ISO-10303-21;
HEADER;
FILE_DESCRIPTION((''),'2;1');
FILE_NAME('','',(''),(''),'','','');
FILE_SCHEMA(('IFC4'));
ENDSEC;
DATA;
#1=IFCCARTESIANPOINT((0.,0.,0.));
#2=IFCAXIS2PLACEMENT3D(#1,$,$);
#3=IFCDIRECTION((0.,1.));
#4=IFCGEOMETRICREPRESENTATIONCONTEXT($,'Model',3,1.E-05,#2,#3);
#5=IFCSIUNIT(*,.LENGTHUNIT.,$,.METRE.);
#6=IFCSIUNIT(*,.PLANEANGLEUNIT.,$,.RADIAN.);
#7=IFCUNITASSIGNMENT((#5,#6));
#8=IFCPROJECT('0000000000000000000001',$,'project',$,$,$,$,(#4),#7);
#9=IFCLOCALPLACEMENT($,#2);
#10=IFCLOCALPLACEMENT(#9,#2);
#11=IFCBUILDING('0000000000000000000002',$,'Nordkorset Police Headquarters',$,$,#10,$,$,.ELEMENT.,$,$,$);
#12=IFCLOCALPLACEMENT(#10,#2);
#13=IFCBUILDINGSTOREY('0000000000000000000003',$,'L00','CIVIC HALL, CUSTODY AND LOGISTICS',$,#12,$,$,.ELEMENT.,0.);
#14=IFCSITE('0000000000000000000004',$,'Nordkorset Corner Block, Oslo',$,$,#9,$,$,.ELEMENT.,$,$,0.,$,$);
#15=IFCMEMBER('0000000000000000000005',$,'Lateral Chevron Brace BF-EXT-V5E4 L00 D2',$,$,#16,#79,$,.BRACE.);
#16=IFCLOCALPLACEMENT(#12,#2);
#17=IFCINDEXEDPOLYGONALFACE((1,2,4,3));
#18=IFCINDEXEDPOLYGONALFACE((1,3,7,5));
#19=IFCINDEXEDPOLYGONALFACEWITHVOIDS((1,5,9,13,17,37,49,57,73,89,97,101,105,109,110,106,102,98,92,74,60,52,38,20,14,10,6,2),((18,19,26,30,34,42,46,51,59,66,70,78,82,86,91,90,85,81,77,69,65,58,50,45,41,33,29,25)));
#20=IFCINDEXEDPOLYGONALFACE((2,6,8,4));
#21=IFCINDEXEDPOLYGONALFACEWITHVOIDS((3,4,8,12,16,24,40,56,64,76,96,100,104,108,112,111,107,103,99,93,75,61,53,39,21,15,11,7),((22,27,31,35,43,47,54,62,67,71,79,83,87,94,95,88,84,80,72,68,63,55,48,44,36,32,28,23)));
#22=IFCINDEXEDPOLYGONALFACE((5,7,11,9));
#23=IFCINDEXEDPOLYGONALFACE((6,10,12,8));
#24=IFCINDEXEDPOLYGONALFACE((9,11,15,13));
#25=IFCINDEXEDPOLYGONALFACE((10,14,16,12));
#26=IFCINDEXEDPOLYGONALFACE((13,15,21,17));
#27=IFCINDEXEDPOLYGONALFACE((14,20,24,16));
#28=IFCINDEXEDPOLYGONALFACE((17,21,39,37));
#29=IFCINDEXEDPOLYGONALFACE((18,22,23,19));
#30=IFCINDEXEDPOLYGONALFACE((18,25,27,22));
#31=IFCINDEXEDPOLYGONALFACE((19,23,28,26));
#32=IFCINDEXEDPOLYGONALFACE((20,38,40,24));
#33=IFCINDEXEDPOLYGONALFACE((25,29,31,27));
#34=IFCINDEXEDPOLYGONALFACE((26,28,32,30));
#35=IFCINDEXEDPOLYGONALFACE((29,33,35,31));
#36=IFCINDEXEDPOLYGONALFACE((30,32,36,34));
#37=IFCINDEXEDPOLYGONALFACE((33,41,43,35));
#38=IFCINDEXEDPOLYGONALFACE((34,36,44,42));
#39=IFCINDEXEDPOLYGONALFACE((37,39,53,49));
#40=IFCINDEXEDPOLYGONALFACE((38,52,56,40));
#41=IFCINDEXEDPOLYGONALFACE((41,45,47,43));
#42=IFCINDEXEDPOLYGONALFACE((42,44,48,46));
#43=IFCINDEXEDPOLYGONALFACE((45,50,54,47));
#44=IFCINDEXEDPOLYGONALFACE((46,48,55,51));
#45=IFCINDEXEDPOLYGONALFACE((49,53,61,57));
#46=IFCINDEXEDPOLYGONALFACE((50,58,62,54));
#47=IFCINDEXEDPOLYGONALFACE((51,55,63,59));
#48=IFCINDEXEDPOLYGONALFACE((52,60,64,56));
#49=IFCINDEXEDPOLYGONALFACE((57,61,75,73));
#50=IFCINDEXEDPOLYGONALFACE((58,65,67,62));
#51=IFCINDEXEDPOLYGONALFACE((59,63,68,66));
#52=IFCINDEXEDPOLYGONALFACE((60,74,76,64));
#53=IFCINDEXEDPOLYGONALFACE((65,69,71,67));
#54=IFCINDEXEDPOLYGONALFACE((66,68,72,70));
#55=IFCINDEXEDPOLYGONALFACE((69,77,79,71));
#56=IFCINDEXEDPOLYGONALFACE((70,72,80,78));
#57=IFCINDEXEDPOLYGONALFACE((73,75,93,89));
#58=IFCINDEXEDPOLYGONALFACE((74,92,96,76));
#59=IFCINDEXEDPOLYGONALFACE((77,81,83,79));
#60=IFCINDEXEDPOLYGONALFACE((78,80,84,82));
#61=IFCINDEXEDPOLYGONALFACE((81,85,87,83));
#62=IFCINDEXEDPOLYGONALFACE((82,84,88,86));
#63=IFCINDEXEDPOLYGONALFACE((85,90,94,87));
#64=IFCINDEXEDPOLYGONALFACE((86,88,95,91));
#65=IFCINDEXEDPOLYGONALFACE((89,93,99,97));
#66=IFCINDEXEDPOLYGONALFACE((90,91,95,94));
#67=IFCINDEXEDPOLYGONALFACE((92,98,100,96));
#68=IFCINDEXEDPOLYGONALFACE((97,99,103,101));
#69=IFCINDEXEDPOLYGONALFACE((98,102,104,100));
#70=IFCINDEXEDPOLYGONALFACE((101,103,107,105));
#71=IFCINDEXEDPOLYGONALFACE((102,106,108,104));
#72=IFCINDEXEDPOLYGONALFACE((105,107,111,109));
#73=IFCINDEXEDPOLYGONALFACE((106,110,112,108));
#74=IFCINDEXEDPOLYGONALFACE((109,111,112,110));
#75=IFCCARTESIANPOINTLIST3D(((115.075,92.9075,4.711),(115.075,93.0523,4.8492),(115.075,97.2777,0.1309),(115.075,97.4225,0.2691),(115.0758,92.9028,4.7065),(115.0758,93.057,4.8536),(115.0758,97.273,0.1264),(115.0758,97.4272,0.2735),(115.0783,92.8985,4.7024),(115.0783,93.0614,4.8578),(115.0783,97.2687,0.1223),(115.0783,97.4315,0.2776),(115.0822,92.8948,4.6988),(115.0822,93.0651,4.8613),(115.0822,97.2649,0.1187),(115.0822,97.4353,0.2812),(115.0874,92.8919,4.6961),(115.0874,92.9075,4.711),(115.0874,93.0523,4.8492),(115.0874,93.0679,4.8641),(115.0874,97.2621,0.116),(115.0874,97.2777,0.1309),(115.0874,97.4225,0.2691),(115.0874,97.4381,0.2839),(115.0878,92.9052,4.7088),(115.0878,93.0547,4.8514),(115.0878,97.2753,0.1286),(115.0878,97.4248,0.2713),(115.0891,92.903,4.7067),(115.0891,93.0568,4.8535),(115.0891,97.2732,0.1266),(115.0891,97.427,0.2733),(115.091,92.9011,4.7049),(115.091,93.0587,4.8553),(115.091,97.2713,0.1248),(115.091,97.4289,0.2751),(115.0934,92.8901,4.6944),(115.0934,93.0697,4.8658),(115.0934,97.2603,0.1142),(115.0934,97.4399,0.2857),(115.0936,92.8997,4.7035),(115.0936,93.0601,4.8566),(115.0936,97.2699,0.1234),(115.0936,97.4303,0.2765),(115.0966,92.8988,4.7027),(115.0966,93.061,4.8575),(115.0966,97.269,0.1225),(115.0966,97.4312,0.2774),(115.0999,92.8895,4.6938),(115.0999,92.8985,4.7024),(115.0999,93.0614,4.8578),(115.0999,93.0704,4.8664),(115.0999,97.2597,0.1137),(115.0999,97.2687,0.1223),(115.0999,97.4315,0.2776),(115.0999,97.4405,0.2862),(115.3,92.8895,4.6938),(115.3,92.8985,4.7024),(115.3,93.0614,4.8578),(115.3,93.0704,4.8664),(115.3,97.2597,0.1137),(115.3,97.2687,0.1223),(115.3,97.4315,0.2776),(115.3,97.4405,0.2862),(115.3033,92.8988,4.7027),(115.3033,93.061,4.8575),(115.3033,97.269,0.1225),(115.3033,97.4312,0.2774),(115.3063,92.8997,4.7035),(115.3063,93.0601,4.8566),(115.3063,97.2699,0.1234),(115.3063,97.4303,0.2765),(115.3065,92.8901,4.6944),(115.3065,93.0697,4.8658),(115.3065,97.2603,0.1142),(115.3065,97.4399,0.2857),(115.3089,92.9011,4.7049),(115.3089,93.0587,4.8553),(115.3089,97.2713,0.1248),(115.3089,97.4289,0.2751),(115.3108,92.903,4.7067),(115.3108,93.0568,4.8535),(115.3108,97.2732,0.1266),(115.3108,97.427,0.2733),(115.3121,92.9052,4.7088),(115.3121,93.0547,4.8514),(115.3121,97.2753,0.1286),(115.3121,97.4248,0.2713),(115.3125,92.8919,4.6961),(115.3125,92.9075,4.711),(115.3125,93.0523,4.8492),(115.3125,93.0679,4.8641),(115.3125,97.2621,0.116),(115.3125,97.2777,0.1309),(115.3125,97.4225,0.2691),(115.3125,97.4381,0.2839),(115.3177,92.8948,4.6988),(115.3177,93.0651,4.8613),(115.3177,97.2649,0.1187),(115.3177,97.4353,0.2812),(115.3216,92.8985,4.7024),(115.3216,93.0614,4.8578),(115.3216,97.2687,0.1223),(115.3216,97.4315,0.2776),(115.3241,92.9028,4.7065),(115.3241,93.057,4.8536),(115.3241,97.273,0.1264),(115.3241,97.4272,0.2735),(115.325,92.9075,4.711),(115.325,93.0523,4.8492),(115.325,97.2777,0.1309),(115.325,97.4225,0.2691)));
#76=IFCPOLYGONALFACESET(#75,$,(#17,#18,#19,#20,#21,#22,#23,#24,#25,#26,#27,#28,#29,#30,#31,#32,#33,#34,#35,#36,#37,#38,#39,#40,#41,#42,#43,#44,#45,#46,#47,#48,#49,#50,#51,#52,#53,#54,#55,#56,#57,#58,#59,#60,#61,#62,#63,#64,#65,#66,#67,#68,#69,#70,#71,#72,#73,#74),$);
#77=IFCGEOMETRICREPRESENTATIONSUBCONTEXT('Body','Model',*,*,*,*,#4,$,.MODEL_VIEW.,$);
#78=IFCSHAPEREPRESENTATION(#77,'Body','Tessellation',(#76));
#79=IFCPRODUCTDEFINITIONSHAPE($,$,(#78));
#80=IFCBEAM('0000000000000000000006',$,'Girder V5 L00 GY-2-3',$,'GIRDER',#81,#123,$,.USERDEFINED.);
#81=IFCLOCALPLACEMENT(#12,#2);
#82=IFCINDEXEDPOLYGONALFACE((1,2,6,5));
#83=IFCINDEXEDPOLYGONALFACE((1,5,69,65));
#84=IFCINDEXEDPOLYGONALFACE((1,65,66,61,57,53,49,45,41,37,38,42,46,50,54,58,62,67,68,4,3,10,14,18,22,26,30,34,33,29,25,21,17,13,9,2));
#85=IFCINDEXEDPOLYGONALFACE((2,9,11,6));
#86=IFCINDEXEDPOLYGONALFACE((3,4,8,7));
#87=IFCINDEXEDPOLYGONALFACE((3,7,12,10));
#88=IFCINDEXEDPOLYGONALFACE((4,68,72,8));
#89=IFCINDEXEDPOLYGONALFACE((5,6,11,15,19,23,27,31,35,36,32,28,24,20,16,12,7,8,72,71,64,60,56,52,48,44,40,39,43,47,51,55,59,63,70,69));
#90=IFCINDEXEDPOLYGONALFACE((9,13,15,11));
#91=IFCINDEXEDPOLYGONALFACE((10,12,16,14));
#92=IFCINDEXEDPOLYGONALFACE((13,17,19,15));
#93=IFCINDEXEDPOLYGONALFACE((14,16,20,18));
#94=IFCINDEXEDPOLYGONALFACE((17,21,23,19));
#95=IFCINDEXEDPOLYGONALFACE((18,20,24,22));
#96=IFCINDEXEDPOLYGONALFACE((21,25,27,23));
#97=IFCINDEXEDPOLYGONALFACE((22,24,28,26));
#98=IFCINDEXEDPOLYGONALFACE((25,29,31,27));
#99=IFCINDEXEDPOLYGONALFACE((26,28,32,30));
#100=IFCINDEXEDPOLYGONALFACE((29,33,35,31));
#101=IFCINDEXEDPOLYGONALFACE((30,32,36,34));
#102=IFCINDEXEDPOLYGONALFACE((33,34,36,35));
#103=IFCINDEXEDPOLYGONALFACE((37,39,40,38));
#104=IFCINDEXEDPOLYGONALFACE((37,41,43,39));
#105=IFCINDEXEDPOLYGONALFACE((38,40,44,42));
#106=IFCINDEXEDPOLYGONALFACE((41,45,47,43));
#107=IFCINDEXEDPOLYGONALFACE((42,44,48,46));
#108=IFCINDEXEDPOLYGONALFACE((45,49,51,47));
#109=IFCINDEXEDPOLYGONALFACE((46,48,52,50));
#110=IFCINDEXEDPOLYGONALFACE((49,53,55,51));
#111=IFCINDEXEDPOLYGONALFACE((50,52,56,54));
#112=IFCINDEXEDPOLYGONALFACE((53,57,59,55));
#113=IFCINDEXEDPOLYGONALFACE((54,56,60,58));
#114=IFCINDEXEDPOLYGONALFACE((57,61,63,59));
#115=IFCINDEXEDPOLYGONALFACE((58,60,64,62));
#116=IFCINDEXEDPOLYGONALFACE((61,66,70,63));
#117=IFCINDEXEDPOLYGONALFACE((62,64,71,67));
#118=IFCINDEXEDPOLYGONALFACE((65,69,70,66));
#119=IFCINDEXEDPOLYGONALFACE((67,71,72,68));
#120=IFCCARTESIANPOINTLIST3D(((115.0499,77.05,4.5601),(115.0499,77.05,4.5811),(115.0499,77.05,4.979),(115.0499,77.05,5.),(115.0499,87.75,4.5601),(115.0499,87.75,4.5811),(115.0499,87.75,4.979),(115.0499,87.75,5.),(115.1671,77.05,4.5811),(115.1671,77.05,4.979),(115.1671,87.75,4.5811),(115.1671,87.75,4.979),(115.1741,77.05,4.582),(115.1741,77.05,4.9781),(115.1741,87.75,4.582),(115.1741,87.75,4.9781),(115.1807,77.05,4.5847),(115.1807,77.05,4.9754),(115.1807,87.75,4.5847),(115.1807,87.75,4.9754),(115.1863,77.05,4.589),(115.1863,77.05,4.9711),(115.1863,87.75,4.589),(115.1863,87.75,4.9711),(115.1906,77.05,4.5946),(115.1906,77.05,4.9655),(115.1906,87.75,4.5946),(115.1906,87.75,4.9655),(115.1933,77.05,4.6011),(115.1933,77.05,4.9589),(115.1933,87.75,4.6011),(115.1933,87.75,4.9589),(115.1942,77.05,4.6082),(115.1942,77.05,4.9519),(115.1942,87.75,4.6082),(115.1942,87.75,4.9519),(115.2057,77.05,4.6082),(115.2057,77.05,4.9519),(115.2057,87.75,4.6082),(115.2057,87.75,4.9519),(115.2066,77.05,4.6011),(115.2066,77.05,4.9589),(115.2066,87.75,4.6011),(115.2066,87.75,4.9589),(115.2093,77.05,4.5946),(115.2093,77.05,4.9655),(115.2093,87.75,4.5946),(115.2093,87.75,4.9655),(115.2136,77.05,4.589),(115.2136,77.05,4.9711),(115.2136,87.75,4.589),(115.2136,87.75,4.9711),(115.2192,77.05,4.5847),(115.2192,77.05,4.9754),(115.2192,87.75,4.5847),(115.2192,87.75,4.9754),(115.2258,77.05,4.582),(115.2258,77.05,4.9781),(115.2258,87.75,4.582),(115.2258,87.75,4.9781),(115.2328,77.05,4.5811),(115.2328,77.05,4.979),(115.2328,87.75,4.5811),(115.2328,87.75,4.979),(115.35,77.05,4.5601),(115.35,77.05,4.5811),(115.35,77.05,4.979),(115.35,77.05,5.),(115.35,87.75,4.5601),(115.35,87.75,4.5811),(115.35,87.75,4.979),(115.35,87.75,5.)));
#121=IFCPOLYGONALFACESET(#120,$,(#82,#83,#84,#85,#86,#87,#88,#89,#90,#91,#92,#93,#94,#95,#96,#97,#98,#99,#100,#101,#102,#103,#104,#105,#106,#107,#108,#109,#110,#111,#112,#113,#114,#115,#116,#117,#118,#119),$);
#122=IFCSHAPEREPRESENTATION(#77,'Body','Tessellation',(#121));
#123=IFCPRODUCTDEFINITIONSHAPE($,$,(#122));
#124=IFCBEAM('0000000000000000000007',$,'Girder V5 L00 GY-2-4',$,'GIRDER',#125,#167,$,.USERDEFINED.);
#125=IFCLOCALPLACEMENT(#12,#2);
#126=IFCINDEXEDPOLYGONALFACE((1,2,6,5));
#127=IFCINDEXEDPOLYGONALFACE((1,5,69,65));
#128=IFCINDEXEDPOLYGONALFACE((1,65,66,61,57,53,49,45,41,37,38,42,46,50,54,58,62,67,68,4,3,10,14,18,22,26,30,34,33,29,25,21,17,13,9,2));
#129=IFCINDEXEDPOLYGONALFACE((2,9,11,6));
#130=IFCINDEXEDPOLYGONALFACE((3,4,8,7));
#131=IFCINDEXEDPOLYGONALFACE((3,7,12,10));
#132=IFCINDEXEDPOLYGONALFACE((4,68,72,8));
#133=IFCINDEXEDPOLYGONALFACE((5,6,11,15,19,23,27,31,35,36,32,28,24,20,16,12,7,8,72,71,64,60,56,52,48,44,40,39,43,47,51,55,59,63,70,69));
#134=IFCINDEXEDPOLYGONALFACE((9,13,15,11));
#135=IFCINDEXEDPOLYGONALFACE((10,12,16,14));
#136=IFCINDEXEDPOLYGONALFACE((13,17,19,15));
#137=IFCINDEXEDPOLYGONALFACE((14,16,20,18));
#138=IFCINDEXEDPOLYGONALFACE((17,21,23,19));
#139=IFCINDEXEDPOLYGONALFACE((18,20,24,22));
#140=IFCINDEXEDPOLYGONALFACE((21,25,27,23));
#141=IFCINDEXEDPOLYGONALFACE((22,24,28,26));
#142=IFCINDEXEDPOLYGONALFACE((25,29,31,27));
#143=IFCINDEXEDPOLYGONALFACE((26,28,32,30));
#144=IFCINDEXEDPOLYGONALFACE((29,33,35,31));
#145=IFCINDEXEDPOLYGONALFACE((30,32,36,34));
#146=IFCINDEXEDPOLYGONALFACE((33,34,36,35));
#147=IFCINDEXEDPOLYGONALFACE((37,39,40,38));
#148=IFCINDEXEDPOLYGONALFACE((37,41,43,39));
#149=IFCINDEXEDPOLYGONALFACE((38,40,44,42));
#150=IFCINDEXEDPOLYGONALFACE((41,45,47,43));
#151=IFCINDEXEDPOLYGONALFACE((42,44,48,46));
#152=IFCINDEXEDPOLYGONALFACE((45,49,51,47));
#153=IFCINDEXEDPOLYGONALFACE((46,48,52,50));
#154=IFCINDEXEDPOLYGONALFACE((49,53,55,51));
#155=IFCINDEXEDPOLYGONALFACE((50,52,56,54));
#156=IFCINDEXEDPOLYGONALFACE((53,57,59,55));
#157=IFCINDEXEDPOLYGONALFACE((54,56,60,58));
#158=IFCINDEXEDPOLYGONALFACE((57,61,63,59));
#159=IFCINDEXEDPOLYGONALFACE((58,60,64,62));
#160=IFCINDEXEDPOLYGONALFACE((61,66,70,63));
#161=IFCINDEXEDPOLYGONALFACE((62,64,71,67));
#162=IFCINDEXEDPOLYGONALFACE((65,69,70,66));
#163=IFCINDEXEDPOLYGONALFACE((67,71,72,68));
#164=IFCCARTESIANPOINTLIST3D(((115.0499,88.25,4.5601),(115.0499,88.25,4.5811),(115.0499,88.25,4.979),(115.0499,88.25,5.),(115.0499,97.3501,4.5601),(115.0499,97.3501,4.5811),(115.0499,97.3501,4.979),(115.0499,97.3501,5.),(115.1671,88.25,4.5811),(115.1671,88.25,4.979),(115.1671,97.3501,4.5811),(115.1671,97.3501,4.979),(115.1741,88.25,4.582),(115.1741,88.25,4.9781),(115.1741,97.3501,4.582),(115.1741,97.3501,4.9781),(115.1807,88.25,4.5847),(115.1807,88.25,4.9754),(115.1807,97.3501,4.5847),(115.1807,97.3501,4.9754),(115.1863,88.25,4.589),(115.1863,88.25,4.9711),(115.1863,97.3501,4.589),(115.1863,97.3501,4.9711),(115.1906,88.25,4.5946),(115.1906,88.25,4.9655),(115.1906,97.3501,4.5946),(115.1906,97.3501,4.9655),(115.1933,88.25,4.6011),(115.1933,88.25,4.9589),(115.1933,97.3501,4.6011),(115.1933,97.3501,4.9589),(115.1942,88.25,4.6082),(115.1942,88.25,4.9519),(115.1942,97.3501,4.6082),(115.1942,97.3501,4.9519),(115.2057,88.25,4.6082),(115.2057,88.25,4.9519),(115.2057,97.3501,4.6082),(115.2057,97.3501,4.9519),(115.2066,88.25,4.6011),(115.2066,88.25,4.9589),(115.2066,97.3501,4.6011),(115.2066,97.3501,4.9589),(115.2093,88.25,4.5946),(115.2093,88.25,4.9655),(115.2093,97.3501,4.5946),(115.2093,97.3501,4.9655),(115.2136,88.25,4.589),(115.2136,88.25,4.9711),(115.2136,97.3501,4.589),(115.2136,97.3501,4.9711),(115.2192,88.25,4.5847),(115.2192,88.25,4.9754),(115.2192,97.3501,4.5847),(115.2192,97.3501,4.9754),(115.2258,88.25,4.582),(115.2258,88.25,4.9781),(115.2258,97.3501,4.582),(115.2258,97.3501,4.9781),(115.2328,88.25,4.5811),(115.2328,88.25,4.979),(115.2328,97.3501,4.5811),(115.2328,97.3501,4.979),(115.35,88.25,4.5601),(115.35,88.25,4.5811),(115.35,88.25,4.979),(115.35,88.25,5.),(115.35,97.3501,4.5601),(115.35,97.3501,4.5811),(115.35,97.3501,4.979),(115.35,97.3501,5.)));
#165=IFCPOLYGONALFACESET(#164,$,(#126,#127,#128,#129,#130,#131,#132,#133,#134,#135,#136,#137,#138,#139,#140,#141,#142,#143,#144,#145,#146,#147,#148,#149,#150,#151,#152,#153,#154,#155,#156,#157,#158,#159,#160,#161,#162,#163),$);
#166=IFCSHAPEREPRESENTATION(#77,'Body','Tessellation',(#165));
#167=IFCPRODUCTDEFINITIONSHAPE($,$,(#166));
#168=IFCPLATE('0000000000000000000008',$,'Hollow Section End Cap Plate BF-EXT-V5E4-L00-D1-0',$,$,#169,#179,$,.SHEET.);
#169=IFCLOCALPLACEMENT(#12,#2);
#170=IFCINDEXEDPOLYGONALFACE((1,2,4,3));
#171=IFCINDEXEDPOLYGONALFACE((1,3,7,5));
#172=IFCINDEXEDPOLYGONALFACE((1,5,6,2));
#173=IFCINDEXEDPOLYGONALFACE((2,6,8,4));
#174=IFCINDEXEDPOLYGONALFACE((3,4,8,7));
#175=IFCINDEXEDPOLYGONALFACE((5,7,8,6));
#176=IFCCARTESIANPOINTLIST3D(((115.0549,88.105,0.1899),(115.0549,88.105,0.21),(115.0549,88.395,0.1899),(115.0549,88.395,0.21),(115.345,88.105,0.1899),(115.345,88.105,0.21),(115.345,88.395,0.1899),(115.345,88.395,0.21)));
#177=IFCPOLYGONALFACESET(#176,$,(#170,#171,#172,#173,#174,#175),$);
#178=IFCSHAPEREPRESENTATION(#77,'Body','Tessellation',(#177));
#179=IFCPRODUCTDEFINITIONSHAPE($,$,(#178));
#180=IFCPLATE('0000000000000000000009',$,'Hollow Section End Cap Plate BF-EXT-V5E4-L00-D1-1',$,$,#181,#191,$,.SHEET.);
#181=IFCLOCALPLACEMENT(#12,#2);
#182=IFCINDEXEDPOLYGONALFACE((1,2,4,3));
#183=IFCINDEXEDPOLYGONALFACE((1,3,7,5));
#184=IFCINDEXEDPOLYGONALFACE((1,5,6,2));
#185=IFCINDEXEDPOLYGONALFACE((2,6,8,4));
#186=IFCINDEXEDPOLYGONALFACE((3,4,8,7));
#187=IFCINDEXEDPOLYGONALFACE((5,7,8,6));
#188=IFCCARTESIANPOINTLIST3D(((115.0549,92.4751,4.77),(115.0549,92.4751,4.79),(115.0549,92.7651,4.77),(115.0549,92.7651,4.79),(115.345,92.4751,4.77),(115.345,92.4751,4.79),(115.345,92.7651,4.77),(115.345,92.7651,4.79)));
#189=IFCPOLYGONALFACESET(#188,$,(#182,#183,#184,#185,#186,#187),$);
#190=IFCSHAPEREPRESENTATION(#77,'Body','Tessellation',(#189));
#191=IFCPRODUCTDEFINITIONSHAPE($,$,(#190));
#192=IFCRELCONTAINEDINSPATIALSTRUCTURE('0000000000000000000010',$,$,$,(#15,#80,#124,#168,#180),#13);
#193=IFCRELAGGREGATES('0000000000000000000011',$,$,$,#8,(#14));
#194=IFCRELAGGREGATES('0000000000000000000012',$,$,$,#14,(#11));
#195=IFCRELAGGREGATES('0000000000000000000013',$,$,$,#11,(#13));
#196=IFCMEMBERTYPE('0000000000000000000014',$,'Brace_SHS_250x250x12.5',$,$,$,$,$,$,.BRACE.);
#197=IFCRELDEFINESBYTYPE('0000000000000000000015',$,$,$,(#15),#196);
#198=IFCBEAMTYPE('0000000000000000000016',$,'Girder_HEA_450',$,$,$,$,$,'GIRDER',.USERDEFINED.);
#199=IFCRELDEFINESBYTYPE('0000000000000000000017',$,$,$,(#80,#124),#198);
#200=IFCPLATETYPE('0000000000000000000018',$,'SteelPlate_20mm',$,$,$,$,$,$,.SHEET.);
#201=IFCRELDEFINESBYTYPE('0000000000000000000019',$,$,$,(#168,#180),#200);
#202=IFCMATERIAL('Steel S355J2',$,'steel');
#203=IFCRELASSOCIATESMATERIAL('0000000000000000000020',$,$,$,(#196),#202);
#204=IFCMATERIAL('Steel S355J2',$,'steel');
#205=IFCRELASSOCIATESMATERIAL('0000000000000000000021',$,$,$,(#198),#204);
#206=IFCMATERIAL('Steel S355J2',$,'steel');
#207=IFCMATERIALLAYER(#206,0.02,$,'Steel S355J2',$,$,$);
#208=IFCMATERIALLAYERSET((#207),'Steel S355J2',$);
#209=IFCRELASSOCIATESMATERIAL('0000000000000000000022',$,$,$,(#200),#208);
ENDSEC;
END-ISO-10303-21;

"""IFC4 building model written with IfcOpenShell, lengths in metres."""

from ifc_helpers import new_model, si_unit, direction, frame, origin, origin_2d, place, context, subcontext, project, spatial, rectangle, hollow_rectangle, i_section, extrude, material, layer, layer_set, material_profile, profile_set, type_object, element, save


model = new_model("IFC4")

# Units and contexts
model_context = context("Model", 3, precision=1e-05, world=origin(), true_north=direction((0.0, 1.0)))
body_context = subcontext(model_context, "Body", "Model", "MODEL_VIEW")
ifc_project = project(units=[si_unit("LENGTHUNIT", "METRE"), si_unit("PLANEANGLEUNIT", "RADIAN")], contexts=[model_context])

# Site, building, storey
site_placement = place(None, origin())
site = spatial("IfcSite", under=ifc_project, at=site_placement, Name="Nordkorset Corner Block, Oslo", CompositionType="ELEMENT", RefElevation=0.0)
building_placement = place(site_placement, origin())
building = spatial("IfcBuilding", under=site, at=building_placement, Name="Nordkorset Police Headquarters", CompositionType="ELEMENT")
storey_placement = place(building_placement, origin())
storey = spatial("IfcBuildingStorey", under=building, at=storey_placement, Name="L00", Description="CIVIC HALL, CUSTODY AND LOGISTICS", CompositionType="ELEMENT", Elevation=0.0)

# Member
ifc_material_1 = material(Name="Steel S355J2", Category="steel")
ifc_material_profile_1 = material_profile(ifc_material_1, hollow_rectangle(XDim=0.25, YDim=0.25, WallThickness=0.0125, InnerFilletRadius=0.0125, OuterFilletRadius=0.0249, at=origin_2d()), Name="SHS 250x250x12.5")
ifc_profile_set_1 = profile_set([ifc_material_profile_1], Name="Steel S355J2")
member_type = type_object("IfcMemberType", Name="Brace_SHS_250x250x12.5", PredefinedType="BRACE", material=ifc_profile_set_1)
for number, where, z_axis, x_axis, name in (
    (1, (115.2, 97.3501, 0.2), (0.0, -0.690329, 0.723496), (1.0, 0.0, 0.0), "Lateral Chevron Brace BF-EXT-V5E4 L00 D2"),
):
    element("IfcMember", number, at=place(storey_placement, frame(where, z_axis=z_axis, x_axis=x_axis)), inside=storey, type_object=member_type, Name=name, PredefinedType="BRACE", context=body_context, shape_type="SweptSolid", body=[
        extrude(hollow_rectangle(XDim=0.25, YDim=0.25, WallThickness=0.0125, InnerFilletRadius=0.0125, OuterFilletRadius=0.0249, at=origin_2d()), origin(), (0.0, 0.0, 1.0), 6.3306),
    ])

# Beams
ifc_material_2 = material(Name="Steel S355J2", Category="steel")
ifc_material_profile_2 = material_profile(ifc_material_2, i_section(OverallWidth=0.3, OverallDepth=0.4399, WebThickness=0.0115, FlangeThickness=0.021, FilletRadius=0.0271, at=origin_2d()), Name="HEA 450")
ifc_profile_set_2 = profile_set([ifc_material_profile_2], Name="Steel S355J2")
beam_type = type_object("IfcBeamType", Name="Girder_HEA_450", ElementType="GIRDER", PredefinedType="USERDEFINED", material=ifc_profile_set_2)
beam_1_placement = place(storey_placement, frame((115.2, 77.05, 4.78), z_axis=(0.0, 1.0, 0.0), x_axis=(-1.0, 0.0, 0.0)))
element("IfcBeam", 2, at=beam_1_placement, inside=storey, type_object=beam_type, Name="Girder V5 L00 GY-2-3", ObjectType="GIRDER", PredefinedType="USERDEFINED", context=body_context, shape_type="SweptSolid", body=[
    extrude(i_section(OverallWidth=0.3, OverallDepth=0.4399, WebThickness=0.0115, FlangeThickness=0.021, FilletRadius=0.0271, at=origin_2d()), origin(), (0.0, 0.0, 1.0), 10.7),
])
beam_2_placement = place(storey_placement, frame((115.2, 88.25, 4.78), z_axis=(0.0, 1.0, 0.0), x_axis=(-1.0, 0.0, 0.0)))
element("IfcBeam", 3, at=beam_2_placement, inside=storey, type_object=beam_type, Name="Girder V5 L00 GY-2-4", ObjectType="GIRDER", PredefinedType="USERDEFINED", context=body_context, shape_type="SweptSolid", body=[
    extrude(i_section(OverallWidth=0.3, OverallDepth=0.4399, WebThickness=0.0115, FlangeThickness=0.021, FilletRadius=0.0271, at=origin_2d()), origin(), (0.0, 0.0, 1.0), 9.1001),
])

# Plates
ifc_material_3 = material(Name="Steel S355J2", Category="steel")
ifc_layer_1 = layer(ifc_material_3, 0.02, Name="Steel S355J2")
ifc_layer_set_1 = layer_set([ifc_layer_1], Name="Steel S355J2")
plate_type = type_object("IfcPlateType", Name="SteelPlate_20mm", PredefinedType="SHEET", material=ifc_layer_set_1)
for number, where, z_axis, x_axis, name in (
    (4, (115.2, 88.25, 0.1899), (0.0, 0.0, 1.0), (1.0, 0.0, 0.0), "Hollow Section End Cap Plate BF-EXT-V5E4-L00-D1-0"),
    (5, (115.2, 92.6201, 4.77), (0.0, 0.0, 1.0), (1.0, 0.0, 0.0), "Hollow Section End Cap Plate BF-EXT-V5E4-L00-D1-1"),
):
    element("IfcPlate", number, at=place(storey_placement, frame(where, z_axis=z_axis, x_axis=x_axis)), inside=storey, type_object=plate_type, Name=name, PredefinedType="SHEET", context=body_context, shape_type="SweptSolid", body=[
        extrude(rectangle(XDim=0.29, YDim=0.29, at=origin_2d()), origin(), (0.0, 0.0, 1.0), 0.02),
    ])

save(model, "model.ifc")
